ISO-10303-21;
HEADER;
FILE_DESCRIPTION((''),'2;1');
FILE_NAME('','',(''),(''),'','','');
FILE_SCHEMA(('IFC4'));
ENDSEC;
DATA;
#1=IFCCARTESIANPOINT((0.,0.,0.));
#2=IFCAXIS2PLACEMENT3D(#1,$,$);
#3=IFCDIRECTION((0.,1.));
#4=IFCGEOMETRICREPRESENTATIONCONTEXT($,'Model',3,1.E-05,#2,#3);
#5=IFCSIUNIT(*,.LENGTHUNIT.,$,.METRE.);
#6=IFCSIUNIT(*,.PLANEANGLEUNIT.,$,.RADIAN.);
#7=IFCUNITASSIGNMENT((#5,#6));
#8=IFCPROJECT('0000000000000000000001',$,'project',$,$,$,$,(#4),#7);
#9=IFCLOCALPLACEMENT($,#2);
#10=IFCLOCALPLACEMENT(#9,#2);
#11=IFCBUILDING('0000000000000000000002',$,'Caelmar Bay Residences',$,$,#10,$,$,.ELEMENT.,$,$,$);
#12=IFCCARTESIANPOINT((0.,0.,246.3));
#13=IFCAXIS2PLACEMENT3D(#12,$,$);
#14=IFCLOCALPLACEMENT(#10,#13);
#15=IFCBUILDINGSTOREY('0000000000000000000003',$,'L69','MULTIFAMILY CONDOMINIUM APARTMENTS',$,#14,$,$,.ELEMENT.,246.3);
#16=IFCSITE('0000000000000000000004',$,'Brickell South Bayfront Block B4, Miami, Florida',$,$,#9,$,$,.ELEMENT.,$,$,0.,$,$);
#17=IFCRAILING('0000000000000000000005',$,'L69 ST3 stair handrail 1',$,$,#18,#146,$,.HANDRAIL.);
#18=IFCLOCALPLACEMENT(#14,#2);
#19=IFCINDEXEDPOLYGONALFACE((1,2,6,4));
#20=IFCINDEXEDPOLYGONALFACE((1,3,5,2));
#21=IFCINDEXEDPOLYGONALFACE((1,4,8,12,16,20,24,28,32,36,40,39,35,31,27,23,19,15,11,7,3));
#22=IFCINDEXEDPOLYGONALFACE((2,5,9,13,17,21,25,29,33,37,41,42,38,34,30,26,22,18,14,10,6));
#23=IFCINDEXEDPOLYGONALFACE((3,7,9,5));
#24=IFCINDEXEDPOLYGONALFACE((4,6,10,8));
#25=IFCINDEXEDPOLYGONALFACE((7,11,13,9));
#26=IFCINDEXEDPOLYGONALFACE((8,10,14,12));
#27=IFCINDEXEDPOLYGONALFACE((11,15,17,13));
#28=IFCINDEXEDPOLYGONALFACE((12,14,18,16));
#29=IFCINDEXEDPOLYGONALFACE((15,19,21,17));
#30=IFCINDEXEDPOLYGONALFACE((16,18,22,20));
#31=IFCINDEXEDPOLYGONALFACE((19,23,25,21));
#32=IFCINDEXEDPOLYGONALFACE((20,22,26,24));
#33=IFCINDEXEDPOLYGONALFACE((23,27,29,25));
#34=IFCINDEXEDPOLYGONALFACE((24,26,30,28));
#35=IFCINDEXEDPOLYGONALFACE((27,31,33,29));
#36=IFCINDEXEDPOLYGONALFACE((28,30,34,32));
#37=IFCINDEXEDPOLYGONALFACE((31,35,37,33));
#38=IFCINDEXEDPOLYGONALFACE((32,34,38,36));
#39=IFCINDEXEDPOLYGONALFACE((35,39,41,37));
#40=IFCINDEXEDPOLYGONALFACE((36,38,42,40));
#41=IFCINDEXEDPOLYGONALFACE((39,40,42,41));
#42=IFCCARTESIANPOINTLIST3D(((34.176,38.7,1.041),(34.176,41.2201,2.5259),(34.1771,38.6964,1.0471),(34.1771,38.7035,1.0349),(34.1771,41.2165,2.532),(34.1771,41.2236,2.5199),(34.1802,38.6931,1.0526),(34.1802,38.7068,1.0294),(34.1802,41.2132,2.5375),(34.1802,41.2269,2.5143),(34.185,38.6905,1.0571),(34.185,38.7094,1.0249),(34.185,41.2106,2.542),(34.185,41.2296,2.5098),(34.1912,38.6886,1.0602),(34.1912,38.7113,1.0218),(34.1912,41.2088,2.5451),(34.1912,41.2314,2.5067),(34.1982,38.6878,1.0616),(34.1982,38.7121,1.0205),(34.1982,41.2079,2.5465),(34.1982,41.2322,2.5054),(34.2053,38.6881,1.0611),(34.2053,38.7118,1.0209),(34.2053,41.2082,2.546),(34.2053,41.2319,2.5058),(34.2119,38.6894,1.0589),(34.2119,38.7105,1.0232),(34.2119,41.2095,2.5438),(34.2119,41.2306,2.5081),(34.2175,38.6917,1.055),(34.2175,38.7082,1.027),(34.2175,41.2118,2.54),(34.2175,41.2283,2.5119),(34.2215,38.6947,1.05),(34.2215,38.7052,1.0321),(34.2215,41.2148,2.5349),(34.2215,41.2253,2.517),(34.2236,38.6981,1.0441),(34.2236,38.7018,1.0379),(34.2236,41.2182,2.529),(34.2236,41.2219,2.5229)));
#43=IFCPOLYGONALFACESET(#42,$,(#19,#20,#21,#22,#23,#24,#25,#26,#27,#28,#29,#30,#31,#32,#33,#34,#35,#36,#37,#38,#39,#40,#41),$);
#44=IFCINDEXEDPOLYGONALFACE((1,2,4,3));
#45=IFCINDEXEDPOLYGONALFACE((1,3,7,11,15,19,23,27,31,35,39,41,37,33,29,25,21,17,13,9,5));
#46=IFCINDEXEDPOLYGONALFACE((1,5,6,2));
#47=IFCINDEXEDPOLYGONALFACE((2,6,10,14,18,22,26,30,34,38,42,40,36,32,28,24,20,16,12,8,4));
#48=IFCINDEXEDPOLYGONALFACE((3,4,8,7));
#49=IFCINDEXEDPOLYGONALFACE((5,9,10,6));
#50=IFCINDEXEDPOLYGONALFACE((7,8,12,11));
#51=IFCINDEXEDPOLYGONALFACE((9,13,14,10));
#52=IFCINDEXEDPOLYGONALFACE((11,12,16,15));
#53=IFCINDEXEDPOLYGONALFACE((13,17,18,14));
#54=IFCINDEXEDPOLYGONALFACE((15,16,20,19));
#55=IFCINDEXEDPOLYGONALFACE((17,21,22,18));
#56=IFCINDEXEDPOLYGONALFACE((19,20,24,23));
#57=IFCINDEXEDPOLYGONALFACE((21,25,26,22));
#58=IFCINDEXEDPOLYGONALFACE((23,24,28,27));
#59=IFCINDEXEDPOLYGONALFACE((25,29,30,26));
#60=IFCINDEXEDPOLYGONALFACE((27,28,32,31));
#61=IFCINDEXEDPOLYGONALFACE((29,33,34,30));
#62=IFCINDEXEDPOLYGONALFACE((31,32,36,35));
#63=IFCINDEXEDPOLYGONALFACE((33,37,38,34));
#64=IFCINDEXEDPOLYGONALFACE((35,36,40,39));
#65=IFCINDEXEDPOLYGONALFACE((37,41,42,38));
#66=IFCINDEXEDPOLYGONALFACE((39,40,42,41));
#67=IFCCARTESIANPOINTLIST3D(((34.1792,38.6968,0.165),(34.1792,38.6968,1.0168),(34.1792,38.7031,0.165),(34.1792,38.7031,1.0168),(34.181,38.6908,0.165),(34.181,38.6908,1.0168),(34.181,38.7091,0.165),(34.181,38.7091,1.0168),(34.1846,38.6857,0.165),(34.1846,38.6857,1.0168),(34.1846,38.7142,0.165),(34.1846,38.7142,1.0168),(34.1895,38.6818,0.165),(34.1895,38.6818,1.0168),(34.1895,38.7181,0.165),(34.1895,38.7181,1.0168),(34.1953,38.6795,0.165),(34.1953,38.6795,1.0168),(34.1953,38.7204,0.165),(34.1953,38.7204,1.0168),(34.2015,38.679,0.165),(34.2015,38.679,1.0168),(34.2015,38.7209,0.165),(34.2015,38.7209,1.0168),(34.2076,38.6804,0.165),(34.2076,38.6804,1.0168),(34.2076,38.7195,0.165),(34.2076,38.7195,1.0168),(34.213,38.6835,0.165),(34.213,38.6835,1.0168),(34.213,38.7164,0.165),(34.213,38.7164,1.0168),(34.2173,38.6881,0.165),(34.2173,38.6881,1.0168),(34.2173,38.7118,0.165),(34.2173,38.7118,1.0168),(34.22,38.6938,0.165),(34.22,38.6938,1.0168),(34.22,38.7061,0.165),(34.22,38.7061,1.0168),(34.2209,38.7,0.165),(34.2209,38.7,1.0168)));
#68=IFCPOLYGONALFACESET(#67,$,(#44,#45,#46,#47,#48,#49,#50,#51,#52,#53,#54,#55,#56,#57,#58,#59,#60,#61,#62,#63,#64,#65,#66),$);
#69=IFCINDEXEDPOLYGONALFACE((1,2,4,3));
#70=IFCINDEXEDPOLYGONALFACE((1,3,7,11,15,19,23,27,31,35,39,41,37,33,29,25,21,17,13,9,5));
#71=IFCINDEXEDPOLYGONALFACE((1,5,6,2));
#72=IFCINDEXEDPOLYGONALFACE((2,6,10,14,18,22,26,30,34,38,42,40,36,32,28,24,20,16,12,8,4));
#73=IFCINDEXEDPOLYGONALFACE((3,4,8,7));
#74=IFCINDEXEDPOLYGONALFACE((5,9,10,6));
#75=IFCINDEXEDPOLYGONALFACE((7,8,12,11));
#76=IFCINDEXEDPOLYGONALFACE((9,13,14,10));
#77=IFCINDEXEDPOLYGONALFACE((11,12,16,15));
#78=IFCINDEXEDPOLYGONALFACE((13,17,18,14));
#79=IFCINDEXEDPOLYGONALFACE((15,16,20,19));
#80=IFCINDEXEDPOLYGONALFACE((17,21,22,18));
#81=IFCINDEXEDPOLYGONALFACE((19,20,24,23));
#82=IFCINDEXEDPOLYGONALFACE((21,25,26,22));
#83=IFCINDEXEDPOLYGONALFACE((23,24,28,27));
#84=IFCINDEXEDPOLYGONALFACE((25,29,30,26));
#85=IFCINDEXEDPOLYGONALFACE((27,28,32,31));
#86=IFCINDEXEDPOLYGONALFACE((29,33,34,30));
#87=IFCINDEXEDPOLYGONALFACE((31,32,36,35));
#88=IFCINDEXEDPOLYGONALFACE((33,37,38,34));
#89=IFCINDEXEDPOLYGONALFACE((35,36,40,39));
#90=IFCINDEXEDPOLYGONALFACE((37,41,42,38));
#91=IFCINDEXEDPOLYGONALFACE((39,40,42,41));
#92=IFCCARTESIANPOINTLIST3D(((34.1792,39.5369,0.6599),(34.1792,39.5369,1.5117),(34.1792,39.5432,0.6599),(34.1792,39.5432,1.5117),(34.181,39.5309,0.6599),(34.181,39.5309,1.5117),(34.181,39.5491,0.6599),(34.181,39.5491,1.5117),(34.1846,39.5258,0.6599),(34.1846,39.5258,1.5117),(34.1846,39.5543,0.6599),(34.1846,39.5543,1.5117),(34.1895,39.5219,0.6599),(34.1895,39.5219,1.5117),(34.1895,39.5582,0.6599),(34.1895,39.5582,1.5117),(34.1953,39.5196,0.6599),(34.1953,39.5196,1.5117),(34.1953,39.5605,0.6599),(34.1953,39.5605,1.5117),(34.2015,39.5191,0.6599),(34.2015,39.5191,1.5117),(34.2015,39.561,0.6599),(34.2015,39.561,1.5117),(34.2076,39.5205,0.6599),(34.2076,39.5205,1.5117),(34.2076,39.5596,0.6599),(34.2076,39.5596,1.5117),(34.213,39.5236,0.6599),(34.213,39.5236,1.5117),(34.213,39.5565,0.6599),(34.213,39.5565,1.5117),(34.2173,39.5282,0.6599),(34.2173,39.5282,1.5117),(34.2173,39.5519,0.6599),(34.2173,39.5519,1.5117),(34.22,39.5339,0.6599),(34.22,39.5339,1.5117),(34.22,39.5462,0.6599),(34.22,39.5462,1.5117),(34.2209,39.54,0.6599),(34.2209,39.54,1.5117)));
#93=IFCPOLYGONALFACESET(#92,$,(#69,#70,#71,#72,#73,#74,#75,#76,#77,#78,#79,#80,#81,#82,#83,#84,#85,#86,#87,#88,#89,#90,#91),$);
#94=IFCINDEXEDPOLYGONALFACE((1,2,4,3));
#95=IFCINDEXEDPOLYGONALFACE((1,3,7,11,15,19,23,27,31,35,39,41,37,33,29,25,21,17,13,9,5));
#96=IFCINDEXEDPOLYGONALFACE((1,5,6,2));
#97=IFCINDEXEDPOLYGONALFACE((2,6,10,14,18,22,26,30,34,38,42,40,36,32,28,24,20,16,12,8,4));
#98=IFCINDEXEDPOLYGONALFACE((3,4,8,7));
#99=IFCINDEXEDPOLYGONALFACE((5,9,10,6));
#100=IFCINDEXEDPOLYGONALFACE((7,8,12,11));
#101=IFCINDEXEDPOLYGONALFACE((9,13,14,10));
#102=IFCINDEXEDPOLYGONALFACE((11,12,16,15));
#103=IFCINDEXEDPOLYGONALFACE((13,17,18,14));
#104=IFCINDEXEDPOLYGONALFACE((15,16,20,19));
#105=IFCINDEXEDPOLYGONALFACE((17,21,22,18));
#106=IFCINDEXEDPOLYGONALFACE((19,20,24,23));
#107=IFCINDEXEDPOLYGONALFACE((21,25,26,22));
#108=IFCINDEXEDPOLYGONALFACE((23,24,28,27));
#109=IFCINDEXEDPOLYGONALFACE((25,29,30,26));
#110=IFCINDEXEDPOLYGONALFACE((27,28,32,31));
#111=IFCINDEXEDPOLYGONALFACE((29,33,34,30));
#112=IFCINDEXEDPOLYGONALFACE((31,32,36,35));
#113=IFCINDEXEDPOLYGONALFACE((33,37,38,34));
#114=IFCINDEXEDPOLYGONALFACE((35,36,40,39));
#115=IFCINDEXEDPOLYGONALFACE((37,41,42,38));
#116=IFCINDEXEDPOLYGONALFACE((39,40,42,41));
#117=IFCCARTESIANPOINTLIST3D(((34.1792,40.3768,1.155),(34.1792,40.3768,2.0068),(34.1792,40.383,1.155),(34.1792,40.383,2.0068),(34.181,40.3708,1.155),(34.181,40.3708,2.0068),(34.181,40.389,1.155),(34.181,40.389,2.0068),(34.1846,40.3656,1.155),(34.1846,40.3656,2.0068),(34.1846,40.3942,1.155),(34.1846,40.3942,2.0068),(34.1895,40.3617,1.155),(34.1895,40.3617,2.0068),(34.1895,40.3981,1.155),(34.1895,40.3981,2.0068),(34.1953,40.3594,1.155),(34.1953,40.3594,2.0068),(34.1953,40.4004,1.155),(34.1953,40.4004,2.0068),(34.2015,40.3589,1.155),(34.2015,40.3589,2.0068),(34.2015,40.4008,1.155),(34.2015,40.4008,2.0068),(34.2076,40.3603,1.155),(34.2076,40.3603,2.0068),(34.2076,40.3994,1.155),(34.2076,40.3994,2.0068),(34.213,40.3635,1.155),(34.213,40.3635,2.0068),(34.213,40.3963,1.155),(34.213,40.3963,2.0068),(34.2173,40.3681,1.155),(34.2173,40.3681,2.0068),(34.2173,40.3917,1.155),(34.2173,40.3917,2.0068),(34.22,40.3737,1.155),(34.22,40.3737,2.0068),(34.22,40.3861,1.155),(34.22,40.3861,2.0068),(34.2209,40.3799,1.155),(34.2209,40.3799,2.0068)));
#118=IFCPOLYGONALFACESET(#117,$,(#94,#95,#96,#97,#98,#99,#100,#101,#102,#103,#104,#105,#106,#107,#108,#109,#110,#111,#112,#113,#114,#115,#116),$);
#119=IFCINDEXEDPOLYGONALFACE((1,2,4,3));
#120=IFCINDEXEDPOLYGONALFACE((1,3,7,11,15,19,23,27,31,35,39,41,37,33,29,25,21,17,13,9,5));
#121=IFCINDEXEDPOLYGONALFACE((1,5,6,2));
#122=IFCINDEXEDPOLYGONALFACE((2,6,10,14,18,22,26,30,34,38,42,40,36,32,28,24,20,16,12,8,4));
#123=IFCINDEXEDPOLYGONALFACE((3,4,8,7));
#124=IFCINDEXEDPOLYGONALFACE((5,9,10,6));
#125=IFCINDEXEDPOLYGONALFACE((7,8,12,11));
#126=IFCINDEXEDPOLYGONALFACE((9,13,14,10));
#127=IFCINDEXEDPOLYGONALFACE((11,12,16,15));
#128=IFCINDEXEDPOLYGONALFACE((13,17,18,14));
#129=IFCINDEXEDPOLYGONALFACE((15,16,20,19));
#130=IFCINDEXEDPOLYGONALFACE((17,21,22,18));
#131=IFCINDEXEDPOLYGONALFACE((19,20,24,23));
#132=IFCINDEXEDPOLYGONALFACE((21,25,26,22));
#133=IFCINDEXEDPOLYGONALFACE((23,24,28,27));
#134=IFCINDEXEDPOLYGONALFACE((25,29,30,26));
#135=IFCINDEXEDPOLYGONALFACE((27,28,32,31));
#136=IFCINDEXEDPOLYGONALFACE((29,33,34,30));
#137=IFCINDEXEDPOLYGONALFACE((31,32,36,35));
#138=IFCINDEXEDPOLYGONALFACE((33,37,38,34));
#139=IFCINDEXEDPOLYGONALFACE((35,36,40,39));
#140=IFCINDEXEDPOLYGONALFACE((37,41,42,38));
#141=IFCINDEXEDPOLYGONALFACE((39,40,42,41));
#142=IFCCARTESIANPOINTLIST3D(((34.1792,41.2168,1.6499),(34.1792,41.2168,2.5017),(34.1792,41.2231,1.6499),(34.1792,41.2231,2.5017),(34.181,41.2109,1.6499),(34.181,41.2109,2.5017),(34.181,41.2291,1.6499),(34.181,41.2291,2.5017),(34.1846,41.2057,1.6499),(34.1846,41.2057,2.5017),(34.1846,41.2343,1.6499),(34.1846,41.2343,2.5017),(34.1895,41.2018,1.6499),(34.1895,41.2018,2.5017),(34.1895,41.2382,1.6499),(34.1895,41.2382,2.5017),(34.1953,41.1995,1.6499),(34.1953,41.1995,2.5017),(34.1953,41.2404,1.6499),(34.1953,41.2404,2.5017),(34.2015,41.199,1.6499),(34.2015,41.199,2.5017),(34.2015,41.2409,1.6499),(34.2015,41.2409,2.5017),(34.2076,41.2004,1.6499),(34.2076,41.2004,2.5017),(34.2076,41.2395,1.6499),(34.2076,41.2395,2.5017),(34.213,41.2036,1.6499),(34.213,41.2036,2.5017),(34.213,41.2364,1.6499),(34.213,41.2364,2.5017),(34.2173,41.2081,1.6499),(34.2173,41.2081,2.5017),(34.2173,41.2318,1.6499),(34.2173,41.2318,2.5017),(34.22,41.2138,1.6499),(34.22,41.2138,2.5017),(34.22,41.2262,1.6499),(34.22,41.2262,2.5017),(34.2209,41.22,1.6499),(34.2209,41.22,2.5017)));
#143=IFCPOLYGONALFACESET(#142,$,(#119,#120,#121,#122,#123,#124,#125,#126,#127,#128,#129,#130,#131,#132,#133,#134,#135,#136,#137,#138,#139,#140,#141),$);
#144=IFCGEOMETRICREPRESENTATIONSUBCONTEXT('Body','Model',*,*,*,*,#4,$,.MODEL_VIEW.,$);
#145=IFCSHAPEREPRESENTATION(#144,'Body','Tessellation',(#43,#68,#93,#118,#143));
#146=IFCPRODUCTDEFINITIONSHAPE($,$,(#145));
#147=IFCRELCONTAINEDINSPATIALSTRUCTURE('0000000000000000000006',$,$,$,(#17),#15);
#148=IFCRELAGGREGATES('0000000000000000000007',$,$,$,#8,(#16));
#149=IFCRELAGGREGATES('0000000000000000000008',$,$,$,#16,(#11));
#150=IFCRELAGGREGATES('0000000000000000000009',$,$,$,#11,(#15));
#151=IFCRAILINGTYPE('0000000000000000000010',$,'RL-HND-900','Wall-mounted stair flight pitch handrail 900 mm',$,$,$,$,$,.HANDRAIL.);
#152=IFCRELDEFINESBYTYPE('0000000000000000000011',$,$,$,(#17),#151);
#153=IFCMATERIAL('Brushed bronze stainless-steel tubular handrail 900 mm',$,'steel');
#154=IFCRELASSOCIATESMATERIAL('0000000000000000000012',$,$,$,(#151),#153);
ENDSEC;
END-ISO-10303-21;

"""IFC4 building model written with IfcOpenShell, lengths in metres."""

from ifc_helpers import new_model, si_unit, direction, frame, origin, origin_2d, place, context, subcontext, project, spatial, circle, extrude, material, type_object, element, save


model = new_model("IFC4")

# Units and contexts
model_context = context("Model", 3, precision=1e-05, world=origin(), true_north=direction((0.0, 1.0)))
body_context = subcontext(model_context, "Body", "Model", "MODEL_VIEW")
ifc_project = project(units=[si_unit("LENGTHUNIT", "METRE"), si_unit("PLANEANGLEUNIT", "RADIAN")], contexts=[model_context])

# Site, building, storey
site_placement = place(None, origin())
site = spatial("IfcSite", under=ifc_project, at=site_placement, Name="Brickell South Bayfront Block B4, Miami, Florida", CompositionType="ELEMENT", RefElevation=0.0)
building_placement = place(site_placement, origin())
building = spatial("IfcBuilding", under=site, at=building_placement, Name="Caelmar Bay Residences", CompositionType="ELEMENT")
storey_placement = place(building_placement, frame((0.0, 0.0, 246.3)))
storey = spatial("IfcBuildingStorey", under=building, at=storey_placement, Name="L69", Description="MULTIFAMILY CONDOMINIUM APARTMENTS", CompositionType="ELEMENT", Elevation=246.3)

# Railing
ifc_material_1 = material(Name="Brushed bronze stainless-steel tubular handrail 900 mm", Category="steel")
railing_type_1 = type_object("IfcRailingType", Name="RL-HND-900", Description="Wall-mounted stair flight pitch handrail 900 mm", PredefinedType="HANDRAIL", material=ifc_material_1)
railing_1_placement = place(storey_placement, frame((34.2, 38.7, 0.165)))
element("IfcRailing", 1, at=railing_1_placement, inside=storey, type_object=railing_type_1, Name="L69 ST3 stair handrail 1", PredefinedType="HANDRAIL", context=body_context, shape_type="SweptSolid", body=[
    extrude(circle(Radius=0.0239, at=origin_2d()), frame((0.0, 0.0, 0.876), z_axis=(0.0, 0.861561, 0.507655), x_axis=(-1.0, 0.0, 0.0)), (0.0, 0.0, 1.0), 2.925),
    extrude(circle(Radius=0.021, at=origin_2d()), origin(), (0.0, 0.0, 1.0), 0.8518),
    extrude(circle(Radius=0.021, at=origin_2d()), frame((0.0, 0.8401, 0.4949)), (0.0, 0.0, 1.0), 0.8518),
    extrude(circle(Radius=0.021, at=origin_2d()), frame((0.0, 1.6799, 0.99)), (0.0, 0.0, 1.0), 0.8518),
    extrude(circle(Radius=0.021, at=origin_2d()), frame((0.0, 2.52, 1.4849)), (0.0, 0.0, 1.0), 0.8518),
])

save(model, "model.ifc")
